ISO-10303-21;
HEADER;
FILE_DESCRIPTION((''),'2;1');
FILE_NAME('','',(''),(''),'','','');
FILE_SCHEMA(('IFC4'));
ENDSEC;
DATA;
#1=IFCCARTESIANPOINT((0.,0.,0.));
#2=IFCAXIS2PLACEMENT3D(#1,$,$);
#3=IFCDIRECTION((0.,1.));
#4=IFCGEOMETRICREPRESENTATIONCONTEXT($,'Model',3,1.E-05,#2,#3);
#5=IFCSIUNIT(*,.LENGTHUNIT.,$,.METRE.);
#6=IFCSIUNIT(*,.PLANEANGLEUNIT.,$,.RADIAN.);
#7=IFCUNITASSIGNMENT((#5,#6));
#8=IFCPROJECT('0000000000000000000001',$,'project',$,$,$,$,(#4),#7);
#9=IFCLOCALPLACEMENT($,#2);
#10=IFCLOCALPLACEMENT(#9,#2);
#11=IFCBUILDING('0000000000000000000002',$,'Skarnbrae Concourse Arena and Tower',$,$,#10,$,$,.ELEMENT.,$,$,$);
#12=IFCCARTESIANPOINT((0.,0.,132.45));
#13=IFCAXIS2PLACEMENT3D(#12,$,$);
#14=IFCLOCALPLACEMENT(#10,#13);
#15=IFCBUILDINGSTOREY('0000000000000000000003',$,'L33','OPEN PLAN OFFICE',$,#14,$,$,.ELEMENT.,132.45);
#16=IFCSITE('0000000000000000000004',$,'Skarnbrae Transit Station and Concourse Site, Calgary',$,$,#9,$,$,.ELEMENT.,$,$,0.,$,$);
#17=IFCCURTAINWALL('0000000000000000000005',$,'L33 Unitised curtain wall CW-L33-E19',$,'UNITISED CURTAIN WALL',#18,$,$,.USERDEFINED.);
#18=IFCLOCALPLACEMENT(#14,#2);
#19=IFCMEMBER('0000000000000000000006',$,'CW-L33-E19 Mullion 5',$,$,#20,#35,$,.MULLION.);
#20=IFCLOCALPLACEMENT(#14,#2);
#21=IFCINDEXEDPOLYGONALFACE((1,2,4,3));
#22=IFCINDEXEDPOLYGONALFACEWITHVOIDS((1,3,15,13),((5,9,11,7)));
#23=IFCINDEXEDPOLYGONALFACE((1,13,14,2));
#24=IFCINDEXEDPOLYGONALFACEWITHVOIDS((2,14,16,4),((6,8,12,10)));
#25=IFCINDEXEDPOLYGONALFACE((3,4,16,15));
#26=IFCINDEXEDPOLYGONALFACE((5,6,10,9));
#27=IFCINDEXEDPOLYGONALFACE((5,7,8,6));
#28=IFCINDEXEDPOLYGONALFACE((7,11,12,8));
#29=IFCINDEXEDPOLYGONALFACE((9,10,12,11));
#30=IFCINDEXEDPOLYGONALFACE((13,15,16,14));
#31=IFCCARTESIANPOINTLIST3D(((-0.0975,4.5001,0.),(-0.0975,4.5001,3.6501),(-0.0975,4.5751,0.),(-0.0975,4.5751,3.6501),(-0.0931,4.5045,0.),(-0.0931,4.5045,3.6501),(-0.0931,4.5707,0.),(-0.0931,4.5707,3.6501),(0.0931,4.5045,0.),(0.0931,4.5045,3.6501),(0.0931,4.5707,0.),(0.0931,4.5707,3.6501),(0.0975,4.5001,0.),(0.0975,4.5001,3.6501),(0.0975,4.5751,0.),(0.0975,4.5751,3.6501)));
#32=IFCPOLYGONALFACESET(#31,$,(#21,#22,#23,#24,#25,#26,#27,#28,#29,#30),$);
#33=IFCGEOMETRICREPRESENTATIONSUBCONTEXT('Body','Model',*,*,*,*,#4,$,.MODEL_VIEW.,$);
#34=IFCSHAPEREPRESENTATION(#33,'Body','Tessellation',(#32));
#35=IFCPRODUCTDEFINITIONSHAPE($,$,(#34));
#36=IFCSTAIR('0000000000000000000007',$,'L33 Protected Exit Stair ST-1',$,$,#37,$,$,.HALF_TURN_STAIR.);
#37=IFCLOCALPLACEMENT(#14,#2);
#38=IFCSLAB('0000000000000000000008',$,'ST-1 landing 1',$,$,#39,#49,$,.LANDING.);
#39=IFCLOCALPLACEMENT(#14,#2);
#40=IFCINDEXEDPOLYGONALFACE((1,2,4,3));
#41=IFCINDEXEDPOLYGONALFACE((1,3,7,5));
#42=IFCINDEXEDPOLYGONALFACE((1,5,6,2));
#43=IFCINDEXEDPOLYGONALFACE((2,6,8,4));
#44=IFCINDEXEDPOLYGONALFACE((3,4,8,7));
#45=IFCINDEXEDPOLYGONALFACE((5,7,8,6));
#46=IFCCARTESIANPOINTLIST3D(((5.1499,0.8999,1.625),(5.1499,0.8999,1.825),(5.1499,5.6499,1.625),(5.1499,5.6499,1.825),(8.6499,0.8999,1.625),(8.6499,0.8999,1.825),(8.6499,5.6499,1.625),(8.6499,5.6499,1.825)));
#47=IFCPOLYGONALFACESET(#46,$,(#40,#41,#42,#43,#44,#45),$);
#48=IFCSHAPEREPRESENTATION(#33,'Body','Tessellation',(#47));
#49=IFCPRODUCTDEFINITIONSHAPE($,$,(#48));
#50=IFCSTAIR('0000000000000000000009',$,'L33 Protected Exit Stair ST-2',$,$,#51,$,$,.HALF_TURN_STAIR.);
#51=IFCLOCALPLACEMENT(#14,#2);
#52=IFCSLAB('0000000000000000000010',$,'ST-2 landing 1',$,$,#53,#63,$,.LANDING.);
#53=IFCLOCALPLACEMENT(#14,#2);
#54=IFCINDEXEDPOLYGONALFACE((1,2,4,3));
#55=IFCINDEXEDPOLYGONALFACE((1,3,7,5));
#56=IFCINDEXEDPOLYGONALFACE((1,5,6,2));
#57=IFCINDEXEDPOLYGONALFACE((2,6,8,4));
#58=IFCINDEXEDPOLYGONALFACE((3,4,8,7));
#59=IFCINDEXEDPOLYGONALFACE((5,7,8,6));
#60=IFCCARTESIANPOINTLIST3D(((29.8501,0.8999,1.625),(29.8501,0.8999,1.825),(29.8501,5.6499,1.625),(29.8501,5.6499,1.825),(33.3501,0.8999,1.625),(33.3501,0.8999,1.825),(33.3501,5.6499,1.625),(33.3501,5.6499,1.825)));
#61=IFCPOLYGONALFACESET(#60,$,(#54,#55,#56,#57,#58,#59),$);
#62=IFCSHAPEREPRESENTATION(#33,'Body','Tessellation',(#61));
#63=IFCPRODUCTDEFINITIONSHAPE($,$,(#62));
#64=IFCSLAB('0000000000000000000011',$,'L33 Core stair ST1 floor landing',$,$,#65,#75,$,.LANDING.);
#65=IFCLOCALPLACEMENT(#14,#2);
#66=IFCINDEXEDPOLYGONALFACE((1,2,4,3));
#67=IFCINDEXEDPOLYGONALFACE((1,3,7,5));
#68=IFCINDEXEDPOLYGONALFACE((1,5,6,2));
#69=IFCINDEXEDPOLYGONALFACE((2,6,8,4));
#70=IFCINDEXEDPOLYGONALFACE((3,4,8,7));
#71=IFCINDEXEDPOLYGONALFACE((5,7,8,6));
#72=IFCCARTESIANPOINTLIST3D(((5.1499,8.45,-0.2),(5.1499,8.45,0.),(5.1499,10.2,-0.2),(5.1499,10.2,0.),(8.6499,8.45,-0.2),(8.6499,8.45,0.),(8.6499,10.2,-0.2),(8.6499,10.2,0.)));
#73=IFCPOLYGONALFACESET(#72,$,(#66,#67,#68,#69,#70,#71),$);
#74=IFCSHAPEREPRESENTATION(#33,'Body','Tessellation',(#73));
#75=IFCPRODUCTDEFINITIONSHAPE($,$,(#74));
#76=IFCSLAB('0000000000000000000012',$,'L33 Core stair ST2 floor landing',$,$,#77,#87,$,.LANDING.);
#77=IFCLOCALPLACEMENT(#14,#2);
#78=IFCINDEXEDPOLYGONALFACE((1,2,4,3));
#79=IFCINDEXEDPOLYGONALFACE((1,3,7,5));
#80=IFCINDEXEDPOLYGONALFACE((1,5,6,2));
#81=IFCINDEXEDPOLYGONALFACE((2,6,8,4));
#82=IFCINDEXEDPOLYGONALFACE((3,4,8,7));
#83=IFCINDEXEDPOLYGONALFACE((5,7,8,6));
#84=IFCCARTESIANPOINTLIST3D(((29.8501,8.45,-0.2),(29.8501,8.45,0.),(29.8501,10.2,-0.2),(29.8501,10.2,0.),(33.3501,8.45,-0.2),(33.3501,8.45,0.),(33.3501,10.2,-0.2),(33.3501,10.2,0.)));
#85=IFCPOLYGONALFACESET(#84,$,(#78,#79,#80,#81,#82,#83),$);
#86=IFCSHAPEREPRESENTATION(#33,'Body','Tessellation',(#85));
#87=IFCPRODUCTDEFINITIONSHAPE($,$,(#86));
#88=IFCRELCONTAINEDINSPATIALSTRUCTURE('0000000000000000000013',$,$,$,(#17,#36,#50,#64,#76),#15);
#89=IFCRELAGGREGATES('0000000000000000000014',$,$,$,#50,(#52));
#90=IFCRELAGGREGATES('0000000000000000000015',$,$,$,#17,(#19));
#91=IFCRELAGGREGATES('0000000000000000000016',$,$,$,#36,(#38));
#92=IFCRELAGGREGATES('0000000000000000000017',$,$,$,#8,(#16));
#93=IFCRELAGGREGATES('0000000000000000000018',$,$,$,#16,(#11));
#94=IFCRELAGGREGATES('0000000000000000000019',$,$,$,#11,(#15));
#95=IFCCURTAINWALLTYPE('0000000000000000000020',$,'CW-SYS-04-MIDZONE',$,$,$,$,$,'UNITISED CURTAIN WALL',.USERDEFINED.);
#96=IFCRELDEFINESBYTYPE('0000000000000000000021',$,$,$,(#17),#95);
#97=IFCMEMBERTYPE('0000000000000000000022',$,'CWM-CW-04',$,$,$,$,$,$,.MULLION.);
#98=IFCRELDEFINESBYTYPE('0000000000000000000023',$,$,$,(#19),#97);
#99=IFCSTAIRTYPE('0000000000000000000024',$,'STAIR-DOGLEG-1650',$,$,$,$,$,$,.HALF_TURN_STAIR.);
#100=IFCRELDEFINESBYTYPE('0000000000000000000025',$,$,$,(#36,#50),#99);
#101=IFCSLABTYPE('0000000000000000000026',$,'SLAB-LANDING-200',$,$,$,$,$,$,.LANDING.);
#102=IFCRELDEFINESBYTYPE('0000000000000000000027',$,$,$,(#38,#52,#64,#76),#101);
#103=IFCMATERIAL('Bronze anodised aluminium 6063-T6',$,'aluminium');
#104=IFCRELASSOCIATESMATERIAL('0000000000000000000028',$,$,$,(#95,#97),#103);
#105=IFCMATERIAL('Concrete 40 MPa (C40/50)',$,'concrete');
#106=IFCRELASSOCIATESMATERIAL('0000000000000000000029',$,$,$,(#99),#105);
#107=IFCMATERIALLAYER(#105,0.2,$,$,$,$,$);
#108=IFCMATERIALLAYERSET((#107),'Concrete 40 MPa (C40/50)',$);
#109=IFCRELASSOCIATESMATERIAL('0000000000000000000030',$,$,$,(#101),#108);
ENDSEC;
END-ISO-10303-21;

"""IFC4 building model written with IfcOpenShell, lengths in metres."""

from ifc_helpers import new_model, si_unit, direction, frame, origin, origin_2d, place, context, subcontext, project, spatial, polyline, hollow_rectangle, outline, extrude, source, transform, mapped, material, layer, layer_set, material_profile, profile_set, type_object, element, aggregate, save


model = new_model("IFC4")

# Units and contexts
model_context = context("Model", 3, precision=1e-05, world=origin(), true_north=direction((0.0, 1.0)))
body_context = subcontext(model_context, "Body", "Model", "MODEL_VIEW")
ifc_project = project(units=[si_unit("LENGTHUNIT", "METRE"), si_unit("PLANEANGLEUNIT", "RADIAN")], contexts=[model_context])

# Site, building, storey
site_placement = place(None, origin())
site = spatial("IfcSite", under=ifc_project, at=site_placement, Name="Skarnbrae Transit Station and Concourse Site, Calgary", CompositionType="ELEMENT", RefElevation=0.0)
building_placement = place(site_placement, origin())
building = spatial("IfcBuilding", under=site, at=building_placement, Name="Skarnbrae Concourse Arena and Tower", CompositionType="ELEMENT")
storey_placement = place(building_placement, frame((0.0, 0.0, 132.45)))
storey = spatial("IfcBuildingStorey", under=building, at=storey_placement, Name="L33", Description="OPEN PLAN OFFICE", CompositionType="ELEMENT", Elevation=132.45)

# Curtain wall, member
ifc_material_1 = material(Name="Bronze anodised aluminium 6063-T6", Category="aluminium")
curtain_wall_type = type_object("IfcCurtainWallType", Name="CW-SYS-04-MIDZONE", ElementType="UNITISED CURTAIN WALL", PredefinedType="USERDEFINED", material=ifc_material_1)
curtain_wall_placement = place(storey_placement, origin())
curtain_wall = element("IfcCurtainWall", 1, at=curtain_wall_placement, inside=storey, type_object=curtain_wall_type, Name="L33 Unitised curtain wall CW-L33-E19", ObjectType="UNITISED CURTAIN WALL", PredefinedType="USERDEFINED")
ifc_material_profile = material_profile(ifc_material_1, hollow_rectangle(XDim=0.075, YDim=0.1951, WallThickness=0.0044, at=origin_2d()), Name="ALU-MULL-75X195")
ifc_profile_set = profile_set([ifc_material_profile], Name="Bronze anodised aluminium 6063-T6")
member_type = type_object("IfcMemberType", Name="CWM-CW-04", PredefinedType="MULLION", material=ifc_profile_set)
shared_shape_1 = source(origin(), body_context, "Body", "SweptSolid", [
    extrude(hollow_rectangle(XDim=0.075, YDim=0.1951, WallThickness=0.0044, at=origin_2d()), origin(), (0.0, 0.0, 1.0), 3.6501),
])
member_placement = place(storey_placement, frame((0.0, 4.5376, 0.0), z_axis=(0.0, 0.0, 1.0), x_axis=(0.0, -1.0, 0.0)))
member = element("IfcMember", 2, at=member_placement, type_object=member_type, Name="CW-L33-E19 Mullion 5", PredefinedType="MULLION", context=body_context, shape_type="MappedRepresentation", body=[
    mapped(shared_shape_1, transform((0.0, 0.0, 0.0))),
])

# Stairs, slabs
ifc_material_2 = material(Name="Concrete 40 MPa (C40/50)", Category="concrete")
stair_type = type_object("IfcStairType", Name="STAIR-DOGLEG-1650", PredefinedType="HALF_TURN_STAIR", material=ifc_material_2)
stair_1_placement = place(storey_placement, origin())
stair_1 = element("IfcStair", 3, at=stair_1_placement, inside=storey, type_object=stair_type, Name="L33 Protected Exit Stair ST-1", PredefinedType="HALF_TURN_STAIR")
ifc_layer_1 = layer(ifc_material_2, 0.2)
ifc_layer_set_1 = layer_set([ifc_layer_1], Name="Concrete 40 MPa (C40/50)")
slab_type_1 = type_object("IfcSlabType", Name="SLAB-LANDING-200", PredefinedType="LANDING", material=ifc_layer_set_1)
slab_1_placement = place(storey_placement, frame((0.0, 0.0, 1.625)))
slab_1 = element("IfcSlab", 4, at=slab_1_placement, type_object=slab_type_1, Name="ST-1 landing 1", PredefinedType="LANDING", context=body_context, shape_type="SweptSolid", body=[
    extrude(outline(polyline([(5.1499, 5.6499), (5.1499, 0.8999), (8.6499, 0.8999), (8.6499, 5.6499), (5.1499, 5.6499)])), origin(), (0.0, 0.0, 1.0), 0.2),
])
stair_2_placement = place(storey_placement, origin())
stair_2 = element("IfcStair", 5, at=stair_2_placement, inside=storey, type_object=stair_type, Name="L33 Protected Exit Stair ST-2", PredefinedType="HALF_TURN_STAIR")
slab_2_placement = place(storey_placement, frame((0.0, 0.0, 1.625)))
slab_2 = element("IfcSlab", 6, at=slab_2_placement, type_object=slab_type_1, Name="ST-2 landing 1", PredefinedType="LANDING", context=body_context, shape_type="SweptSolid", body=[
    extrude(outline(polyline([(29.8501, 5.6499), (29.8501, 0.8999), (33.3501, 0.8999), (33.3501, 5.6499), (29.8501, 5.6499)])), origin(), (0.0, 0.0, 1.0), 0.2),
])
aggregate(stair_2, [slab_2])

# Slabs
slab_3_placement = place(storey_placement, frame((0.0, 0.0, -0.2)))
element("IfcSlab", 7, at=slab_3_placement, inside=storey, type_object=slab_type_1, Name="L33 Core stair ST1 floor landing", PredefinedType="LANDING", context=body_context, shape_type="SweptSolid", body=[
    extrude(outline(polyline([(5.1499, 10.2), (5.1499, 8.45), (8.6499, 8.45), (8.6499, 10.2), (5.1499, 10.2)])), origin(), (0.0, 0.0, 1.0), 0.2),
])
slab_4_placement = place(storey_placement, frame((0.0, 0.0, -0.2)))
element("IfcSlab", 8, at=slab_4_placement, inside=storey, type_object=slab_type_1, Name="L33 Core stair ST2 floor landing", PredefinedType="LANDING", context=body_context, shape_type="SweptSolid", body=[
    extrude(outline(polyline([(29.8501, 10.2), (29.8501, 8.45), (33.3501, 8.45), (33.3501, 10.2), (29.8501, 10.2)])), origin(), (0.0, 0.0, 1.0), 0.2),
])

aggregate(curtain_wall, [member])

aggregate(stair_1, [slab_1])

save(model, "model.ifc")
